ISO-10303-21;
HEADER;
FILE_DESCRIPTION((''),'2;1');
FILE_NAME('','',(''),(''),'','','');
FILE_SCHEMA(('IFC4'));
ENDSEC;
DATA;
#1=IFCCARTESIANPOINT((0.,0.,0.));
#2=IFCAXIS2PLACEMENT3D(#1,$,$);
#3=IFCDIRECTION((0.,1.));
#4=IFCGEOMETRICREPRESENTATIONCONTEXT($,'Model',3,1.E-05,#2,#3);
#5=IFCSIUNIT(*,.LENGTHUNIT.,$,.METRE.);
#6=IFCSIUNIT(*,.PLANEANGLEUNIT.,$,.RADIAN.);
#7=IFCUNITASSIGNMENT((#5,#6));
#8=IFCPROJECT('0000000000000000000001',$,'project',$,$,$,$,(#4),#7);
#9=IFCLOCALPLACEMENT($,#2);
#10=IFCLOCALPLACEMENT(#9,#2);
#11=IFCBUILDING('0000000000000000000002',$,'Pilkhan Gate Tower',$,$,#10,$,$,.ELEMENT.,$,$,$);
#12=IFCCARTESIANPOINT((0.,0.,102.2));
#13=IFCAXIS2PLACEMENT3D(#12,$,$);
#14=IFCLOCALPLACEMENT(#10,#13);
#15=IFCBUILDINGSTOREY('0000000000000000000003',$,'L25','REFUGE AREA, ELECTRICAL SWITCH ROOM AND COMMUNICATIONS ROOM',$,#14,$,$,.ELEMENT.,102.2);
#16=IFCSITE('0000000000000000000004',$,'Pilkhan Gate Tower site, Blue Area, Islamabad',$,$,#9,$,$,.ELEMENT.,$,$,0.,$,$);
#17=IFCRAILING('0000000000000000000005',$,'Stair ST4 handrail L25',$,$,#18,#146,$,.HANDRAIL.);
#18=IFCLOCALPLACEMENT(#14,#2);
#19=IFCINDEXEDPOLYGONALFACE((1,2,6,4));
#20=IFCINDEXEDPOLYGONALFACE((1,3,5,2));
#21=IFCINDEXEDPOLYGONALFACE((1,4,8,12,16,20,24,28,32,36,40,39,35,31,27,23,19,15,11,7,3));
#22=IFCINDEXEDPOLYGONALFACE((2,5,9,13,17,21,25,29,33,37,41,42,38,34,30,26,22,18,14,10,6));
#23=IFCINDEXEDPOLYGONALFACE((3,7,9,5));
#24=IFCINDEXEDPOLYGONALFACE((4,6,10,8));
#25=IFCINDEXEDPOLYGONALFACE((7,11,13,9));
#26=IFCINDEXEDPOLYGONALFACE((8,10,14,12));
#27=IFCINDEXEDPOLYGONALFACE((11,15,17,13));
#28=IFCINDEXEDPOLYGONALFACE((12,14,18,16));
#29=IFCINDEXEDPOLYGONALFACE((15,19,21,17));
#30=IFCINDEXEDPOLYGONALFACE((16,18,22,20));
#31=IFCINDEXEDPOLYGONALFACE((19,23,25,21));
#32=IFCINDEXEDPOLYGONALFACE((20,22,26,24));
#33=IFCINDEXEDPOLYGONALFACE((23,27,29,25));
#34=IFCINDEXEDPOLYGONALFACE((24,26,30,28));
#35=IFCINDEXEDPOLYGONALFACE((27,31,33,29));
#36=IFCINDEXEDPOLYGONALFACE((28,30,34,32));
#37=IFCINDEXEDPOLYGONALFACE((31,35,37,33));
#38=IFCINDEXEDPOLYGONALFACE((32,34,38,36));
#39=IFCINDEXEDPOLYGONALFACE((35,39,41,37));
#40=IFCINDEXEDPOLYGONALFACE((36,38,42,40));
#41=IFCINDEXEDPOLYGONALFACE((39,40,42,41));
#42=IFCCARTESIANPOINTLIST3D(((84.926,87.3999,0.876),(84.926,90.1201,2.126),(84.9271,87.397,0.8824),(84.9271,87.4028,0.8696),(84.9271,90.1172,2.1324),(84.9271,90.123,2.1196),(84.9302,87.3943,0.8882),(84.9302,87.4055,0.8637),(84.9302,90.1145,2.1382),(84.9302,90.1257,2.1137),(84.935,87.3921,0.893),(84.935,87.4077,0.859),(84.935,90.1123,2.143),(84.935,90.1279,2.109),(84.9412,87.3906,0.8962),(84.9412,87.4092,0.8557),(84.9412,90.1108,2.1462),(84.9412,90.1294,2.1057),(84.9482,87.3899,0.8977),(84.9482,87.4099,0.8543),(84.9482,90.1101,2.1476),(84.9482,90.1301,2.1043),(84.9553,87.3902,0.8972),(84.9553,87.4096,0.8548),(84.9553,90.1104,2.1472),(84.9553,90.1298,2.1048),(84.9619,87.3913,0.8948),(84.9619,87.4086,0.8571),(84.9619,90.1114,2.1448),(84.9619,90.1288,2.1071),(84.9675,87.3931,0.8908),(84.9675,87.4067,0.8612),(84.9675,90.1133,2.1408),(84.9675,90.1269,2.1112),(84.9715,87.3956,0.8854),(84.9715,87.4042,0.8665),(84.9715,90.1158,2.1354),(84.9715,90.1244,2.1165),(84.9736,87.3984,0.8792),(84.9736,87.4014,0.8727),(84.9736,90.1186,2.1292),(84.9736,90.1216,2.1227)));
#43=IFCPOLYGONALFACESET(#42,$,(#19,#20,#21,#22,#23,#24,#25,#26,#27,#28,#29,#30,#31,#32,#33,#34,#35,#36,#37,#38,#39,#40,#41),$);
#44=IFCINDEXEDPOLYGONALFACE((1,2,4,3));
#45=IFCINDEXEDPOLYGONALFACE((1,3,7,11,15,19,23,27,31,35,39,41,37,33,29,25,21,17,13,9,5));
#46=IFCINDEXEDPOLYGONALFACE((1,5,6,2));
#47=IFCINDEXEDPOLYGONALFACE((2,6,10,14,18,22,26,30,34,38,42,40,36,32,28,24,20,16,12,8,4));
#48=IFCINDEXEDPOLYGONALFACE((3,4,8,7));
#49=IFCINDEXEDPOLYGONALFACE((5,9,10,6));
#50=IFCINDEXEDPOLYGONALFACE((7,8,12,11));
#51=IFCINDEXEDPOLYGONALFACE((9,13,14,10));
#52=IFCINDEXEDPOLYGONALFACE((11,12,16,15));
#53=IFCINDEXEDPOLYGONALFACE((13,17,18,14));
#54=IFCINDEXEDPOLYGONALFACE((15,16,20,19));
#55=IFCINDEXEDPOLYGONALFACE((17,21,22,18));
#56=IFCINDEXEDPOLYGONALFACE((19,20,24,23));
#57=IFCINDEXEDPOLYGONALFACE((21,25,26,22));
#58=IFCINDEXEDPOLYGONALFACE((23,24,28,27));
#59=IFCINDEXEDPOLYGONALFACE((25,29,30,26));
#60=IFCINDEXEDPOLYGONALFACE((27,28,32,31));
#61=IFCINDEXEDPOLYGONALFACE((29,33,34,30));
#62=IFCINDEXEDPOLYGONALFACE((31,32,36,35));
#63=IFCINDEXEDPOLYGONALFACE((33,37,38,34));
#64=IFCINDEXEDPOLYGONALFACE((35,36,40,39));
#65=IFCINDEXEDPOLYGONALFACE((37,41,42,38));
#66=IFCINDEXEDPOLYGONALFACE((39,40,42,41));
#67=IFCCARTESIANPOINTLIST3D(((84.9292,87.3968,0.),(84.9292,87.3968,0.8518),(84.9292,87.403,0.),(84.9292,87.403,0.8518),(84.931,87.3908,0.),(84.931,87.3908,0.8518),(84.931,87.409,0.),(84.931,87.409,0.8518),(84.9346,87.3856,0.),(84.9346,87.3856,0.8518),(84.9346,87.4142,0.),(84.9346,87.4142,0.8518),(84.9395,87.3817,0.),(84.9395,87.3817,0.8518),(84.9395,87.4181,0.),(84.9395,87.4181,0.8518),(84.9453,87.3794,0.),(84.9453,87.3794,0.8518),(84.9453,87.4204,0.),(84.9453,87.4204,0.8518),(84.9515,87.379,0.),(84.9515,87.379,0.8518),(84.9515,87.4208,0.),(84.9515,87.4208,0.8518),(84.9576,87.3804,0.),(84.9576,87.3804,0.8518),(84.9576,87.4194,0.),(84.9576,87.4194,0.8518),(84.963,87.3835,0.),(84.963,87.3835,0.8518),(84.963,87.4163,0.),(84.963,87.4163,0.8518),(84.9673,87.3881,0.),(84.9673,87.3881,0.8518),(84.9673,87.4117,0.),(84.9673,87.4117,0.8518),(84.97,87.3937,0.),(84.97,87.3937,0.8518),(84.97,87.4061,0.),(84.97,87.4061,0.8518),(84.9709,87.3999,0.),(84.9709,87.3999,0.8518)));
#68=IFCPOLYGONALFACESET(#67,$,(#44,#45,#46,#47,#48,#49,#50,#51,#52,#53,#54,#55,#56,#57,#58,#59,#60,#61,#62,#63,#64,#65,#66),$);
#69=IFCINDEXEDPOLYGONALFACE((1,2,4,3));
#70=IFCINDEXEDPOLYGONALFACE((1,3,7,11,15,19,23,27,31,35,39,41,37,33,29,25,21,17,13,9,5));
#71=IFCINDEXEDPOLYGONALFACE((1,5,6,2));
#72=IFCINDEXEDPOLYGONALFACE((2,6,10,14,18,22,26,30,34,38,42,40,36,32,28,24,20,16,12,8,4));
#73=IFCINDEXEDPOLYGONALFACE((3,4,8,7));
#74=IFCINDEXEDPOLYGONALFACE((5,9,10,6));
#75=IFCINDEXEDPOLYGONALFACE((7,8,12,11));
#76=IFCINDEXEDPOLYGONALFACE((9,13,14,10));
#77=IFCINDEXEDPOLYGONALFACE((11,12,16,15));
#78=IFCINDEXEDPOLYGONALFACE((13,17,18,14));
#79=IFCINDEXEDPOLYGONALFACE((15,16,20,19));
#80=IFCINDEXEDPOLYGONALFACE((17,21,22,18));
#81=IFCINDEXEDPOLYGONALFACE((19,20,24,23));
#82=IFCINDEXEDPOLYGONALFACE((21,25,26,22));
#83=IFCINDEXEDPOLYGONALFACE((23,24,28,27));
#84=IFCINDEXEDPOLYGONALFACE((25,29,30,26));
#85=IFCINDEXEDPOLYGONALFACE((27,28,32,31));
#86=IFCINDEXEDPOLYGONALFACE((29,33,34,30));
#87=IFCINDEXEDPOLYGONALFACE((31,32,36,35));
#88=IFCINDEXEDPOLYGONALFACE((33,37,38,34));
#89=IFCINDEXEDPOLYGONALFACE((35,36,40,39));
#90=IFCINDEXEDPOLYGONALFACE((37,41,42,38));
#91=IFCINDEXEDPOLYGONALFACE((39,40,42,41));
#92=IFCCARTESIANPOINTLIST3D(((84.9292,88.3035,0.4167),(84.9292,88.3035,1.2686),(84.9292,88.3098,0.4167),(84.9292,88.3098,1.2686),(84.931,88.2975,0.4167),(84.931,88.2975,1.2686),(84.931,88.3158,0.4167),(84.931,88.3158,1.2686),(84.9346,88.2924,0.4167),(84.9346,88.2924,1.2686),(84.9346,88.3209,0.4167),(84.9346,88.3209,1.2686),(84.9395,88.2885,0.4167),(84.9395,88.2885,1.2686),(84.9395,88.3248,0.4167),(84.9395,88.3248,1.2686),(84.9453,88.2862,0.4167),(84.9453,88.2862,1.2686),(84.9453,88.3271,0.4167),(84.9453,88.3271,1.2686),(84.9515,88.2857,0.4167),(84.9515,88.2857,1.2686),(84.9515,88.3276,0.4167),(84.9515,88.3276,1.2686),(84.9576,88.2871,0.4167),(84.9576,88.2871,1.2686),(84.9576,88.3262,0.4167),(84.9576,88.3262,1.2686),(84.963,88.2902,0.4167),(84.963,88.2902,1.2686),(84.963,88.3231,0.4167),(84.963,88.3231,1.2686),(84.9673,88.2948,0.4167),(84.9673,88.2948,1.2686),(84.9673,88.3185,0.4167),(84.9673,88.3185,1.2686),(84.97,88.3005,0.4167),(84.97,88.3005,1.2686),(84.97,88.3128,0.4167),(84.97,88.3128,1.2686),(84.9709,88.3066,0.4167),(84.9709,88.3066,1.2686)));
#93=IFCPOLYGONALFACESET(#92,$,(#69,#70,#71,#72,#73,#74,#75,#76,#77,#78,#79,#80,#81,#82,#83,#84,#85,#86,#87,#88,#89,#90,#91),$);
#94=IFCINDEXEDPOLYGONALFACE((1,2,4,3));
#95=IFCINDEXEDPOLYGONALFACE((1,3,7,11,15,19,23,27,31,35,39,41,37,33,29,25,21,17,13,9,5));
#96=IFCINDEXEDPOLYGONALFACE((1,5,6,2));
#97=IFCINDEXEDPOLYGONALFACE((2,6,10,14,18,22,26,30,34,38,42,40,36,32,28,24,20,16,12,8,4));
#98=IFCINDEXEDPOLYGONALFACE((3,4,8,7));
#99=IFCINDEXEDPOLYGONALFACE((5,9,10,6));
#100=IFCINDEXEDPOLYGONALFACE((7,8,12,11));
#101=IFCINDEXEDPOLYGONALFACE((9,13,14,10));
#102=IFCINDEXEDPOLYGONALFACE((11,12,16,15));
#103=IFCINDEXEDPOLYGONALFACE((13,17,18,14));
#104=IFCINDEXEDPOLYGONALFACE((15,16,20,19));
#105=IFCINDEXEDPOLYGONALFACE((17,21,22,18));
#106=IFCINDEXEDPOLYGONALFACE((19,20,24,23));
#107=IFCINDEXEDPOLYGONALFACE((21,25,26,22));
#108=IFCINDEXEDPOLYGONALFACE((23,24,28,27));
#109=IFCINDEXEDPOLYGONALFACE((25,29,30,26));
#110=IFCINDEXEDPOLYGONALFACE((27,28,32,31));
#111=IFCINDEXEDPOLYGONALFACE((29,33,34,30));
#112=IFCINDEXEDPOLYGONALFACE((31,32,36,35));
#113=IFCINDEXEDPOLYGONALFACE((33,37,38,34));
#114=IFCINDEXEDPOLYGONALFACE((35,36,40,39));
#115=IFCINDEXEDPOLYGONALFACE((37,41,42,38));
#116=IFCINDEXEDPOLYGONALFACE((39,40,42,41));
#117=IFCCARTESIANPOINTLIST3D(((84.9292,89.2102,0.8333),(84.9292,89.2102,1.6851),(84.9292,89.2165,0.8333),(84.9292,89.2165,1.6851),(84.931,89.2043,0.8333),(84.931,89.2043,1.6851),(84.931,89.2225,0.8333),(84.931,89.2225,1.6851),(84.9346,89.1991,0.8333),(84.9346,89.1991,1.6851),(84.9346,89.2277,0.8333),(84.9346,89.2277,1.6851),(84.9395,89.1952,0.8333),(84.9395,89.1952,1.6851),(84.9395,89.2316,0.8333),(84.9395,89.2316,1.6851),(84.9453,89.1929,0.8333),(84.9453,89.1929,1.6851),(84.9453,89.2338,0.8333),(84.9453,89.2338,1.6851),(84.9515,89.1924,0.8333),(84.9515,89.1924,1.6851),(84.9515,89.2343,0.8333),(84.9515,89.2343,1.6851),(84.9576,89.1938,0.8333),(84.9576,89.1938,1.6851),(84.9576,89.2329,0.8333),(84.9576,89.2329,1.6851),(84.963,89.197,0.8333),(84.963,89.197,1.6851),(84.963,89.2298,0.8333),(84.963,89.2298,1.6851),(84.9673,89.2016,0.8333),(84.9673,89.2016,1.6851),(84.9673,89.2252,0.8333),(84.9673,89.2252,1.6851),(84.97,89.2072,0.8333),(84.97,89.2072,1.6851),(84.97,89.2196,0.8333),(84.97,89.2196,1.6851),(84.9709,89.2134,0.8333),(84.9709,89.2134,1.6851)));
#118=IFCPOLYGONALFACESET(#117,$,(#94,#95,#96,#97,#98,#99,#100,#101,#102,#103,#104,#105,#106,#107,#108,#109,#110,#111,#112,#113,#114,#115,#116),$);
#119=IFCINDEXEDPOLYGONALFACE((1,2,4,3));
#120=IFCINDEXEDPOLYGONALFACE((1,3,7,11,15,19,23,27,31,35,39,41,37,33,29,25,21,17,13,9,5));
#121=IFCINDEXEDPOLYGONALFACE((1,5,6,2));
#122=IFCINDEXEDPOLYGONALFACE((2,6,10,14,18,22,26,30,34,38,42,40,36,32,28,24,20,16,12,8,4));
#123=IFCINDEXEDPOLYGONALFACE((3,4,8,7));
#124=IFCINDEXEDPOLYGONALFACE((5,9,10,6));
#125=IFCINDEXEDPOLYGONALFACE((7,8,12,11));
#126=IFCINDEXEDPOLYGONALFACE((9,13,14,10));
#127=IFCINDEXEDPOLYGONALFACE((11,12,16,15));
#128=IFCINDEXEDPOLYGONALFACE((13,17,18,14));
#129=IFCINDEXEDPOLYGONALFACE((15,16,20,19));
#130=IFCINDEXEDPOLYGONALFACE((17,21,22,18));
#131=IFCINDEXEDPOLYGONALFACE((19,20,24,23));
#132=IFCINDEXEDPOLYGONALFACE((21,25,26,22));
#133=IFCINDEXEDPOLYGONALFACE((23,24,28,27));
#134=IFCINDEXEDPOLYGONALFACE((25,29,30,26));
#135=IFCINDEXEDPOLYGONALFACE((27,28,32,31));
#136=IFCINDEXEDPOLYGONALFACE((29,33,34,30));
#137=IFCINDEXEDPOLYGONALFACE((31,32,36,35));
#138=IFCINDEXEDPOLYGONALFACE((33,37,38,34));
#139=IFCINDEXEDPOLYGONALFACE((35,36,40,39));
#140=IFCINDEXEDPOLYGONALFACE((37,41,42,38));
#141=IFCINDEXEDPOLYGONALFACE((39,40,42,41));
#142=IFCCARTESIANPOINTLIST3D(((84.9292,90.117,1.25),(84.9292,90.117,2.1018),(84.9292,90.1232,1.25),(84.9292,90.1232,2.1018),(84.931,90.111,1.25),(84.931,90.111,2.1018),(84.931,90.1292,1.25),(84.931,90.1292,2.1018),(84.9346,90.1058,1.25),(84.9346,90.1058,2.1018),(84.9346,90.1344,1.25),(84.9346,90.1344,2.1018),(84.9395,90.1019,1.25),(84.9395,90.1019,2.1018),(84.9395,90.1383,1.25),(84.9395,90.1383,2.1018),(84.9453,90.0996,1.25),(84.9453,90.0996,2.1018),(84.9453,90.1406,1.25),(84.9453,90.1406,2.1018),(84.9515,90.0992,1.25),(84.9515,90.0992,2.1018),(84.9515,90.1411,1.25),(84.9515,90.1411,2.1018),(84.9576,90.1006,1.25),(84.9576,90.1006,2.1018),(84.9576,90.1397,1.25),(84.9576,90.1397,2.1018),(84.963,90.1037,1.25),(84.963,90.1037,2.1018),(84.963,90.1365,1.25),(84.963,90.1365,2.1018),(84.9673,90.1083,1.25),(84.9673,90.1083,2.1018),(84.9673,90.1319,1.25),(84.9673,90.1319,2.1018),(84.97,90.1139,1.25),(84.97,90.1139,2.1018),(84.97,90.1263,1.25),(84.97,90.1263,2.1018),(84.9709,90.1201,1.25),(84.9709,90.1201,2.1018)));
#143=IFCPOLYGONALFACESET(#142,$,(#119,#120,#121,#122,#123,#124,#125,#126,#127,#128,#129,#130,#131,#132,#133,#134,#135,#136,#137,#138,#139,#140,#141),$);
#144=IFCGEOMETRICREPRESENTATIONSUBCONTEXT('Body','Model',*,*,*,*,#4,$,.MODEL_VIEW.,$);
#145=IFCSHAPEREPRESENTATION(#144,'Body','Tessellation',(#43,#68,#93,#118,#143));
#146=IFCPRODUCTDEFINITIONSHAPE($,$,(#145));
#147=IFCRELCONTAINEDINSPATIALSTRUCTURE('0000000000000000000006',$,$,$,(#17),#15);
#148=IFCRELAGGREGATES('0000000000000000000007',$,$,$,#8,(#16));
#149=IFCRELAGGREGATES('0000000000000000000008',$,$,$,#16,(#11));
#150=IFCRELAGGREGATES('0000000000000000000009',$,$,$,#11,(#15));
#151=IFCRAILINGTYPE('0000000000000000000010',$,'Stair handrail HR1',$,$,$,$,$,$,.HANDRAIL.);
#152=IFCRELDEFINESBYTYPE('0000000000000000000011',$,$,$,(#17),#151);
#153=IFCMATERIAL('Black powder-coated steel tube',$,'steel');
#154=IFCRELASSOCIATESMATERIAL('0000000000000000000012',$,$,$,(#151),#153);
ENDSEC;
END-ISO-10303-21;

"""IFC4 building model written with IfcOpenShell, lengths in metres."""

from ifc_helpers import new_model, si_unit, direction, frame, origin, origin_2d, place, context, subcontext, project, spatial, circle, extrude, material, type_object, element, save


model = new_model("IFC4")

# Units and contexts
model_context = context("Model", 3, precision=1e-05, world=origin(), true_north=direction((0.0, 1.0)))
body_context = subcontext(model_context, "Body", "Model", "MODEL_VIEW")
ifc_project = project(units=[si_unit("LENGTHUNIT", "METRE"), si_unit("PLANEANGLEUNIT", "RADIAN")], contexts=[model_context])

# Site, building, storey
site_placement = place(None, origin())
site = spatial("IfcSite", under=ifc_project, at=site_placement, Name="Pilkhan Gate Tower site, Blue Area, Islamabad", CompositionType="ELEMENT", RefElevation=0.0)
building_placement = place(site_placement, origin())
building = spatial("IfcBuilding", under=site, at=building_placement, Name="Pilkhan Gate Tower", CompositionType="ELEMENT")
storey_placement = place(building_placement, frame((0.0, 0.0, 102.2)))
storey = spatial("IfcBuildingStorey", under=building, at=storey_placement, Name="L25", Description="REFUGE AREA, ELECTRICAL SWITCH ROOM AND COMMUNICATIONS ROOM", CompositionType="ELEMENT", Elevation=102.2)

# Railing
ifc_material_1 = material(Name="Black powder-coated steel tube", Category="steel")
railing_type_1 = type_object("IfcRailingType", Name="Stair handrail HR1", PredefinedType="HANDRAIL", material=ifc_material_1)
railing_1_placement = place(storey_placement, frame((84.95, 87.3999, 0.0)))
element("IfcRailing", 1, at=railing_1_placement, inside=storey, type_object=railing_type_1, Name="Stair ST4 handrail L25", PredefinedType="HANDRAIL", context=body_context, shape_type="SweptSolid", body=[
    extrude(circle(Radius=0.0239, at=origin_2d()), frame((0.0, 0.0, 0.876), z_axis=(0.0, 0.908655, 0.417547), x_axis=(-1.0, 0.0, 0.0)), (0.0, 0.0, 1.0), 2.9937),
    extrude(circle(Radius=0.021, at=origin_2d()), origin(), (0.0, 0.0, 1.0), 0.8518),
    extrude(circle(Radius=0.021, at=origin_2d()), frame((0.0, 0.9067, 0.4167)), (0.0, 0.0, 1.0), 0.8518),
    extrude(circle(Radius=0.021, at=origin_2d()), frame((0.0, 1.8135, 0.8333)), (0.0, 0.0, 1.0), 0.8518),
    extrude(circle(Radius=0.021, at=origin_2d()), frame((0.0, 2.7202, 1.25)), (0.0, 0.0, 1.0), 0.8518),
])

save(model, "model.ifc")
